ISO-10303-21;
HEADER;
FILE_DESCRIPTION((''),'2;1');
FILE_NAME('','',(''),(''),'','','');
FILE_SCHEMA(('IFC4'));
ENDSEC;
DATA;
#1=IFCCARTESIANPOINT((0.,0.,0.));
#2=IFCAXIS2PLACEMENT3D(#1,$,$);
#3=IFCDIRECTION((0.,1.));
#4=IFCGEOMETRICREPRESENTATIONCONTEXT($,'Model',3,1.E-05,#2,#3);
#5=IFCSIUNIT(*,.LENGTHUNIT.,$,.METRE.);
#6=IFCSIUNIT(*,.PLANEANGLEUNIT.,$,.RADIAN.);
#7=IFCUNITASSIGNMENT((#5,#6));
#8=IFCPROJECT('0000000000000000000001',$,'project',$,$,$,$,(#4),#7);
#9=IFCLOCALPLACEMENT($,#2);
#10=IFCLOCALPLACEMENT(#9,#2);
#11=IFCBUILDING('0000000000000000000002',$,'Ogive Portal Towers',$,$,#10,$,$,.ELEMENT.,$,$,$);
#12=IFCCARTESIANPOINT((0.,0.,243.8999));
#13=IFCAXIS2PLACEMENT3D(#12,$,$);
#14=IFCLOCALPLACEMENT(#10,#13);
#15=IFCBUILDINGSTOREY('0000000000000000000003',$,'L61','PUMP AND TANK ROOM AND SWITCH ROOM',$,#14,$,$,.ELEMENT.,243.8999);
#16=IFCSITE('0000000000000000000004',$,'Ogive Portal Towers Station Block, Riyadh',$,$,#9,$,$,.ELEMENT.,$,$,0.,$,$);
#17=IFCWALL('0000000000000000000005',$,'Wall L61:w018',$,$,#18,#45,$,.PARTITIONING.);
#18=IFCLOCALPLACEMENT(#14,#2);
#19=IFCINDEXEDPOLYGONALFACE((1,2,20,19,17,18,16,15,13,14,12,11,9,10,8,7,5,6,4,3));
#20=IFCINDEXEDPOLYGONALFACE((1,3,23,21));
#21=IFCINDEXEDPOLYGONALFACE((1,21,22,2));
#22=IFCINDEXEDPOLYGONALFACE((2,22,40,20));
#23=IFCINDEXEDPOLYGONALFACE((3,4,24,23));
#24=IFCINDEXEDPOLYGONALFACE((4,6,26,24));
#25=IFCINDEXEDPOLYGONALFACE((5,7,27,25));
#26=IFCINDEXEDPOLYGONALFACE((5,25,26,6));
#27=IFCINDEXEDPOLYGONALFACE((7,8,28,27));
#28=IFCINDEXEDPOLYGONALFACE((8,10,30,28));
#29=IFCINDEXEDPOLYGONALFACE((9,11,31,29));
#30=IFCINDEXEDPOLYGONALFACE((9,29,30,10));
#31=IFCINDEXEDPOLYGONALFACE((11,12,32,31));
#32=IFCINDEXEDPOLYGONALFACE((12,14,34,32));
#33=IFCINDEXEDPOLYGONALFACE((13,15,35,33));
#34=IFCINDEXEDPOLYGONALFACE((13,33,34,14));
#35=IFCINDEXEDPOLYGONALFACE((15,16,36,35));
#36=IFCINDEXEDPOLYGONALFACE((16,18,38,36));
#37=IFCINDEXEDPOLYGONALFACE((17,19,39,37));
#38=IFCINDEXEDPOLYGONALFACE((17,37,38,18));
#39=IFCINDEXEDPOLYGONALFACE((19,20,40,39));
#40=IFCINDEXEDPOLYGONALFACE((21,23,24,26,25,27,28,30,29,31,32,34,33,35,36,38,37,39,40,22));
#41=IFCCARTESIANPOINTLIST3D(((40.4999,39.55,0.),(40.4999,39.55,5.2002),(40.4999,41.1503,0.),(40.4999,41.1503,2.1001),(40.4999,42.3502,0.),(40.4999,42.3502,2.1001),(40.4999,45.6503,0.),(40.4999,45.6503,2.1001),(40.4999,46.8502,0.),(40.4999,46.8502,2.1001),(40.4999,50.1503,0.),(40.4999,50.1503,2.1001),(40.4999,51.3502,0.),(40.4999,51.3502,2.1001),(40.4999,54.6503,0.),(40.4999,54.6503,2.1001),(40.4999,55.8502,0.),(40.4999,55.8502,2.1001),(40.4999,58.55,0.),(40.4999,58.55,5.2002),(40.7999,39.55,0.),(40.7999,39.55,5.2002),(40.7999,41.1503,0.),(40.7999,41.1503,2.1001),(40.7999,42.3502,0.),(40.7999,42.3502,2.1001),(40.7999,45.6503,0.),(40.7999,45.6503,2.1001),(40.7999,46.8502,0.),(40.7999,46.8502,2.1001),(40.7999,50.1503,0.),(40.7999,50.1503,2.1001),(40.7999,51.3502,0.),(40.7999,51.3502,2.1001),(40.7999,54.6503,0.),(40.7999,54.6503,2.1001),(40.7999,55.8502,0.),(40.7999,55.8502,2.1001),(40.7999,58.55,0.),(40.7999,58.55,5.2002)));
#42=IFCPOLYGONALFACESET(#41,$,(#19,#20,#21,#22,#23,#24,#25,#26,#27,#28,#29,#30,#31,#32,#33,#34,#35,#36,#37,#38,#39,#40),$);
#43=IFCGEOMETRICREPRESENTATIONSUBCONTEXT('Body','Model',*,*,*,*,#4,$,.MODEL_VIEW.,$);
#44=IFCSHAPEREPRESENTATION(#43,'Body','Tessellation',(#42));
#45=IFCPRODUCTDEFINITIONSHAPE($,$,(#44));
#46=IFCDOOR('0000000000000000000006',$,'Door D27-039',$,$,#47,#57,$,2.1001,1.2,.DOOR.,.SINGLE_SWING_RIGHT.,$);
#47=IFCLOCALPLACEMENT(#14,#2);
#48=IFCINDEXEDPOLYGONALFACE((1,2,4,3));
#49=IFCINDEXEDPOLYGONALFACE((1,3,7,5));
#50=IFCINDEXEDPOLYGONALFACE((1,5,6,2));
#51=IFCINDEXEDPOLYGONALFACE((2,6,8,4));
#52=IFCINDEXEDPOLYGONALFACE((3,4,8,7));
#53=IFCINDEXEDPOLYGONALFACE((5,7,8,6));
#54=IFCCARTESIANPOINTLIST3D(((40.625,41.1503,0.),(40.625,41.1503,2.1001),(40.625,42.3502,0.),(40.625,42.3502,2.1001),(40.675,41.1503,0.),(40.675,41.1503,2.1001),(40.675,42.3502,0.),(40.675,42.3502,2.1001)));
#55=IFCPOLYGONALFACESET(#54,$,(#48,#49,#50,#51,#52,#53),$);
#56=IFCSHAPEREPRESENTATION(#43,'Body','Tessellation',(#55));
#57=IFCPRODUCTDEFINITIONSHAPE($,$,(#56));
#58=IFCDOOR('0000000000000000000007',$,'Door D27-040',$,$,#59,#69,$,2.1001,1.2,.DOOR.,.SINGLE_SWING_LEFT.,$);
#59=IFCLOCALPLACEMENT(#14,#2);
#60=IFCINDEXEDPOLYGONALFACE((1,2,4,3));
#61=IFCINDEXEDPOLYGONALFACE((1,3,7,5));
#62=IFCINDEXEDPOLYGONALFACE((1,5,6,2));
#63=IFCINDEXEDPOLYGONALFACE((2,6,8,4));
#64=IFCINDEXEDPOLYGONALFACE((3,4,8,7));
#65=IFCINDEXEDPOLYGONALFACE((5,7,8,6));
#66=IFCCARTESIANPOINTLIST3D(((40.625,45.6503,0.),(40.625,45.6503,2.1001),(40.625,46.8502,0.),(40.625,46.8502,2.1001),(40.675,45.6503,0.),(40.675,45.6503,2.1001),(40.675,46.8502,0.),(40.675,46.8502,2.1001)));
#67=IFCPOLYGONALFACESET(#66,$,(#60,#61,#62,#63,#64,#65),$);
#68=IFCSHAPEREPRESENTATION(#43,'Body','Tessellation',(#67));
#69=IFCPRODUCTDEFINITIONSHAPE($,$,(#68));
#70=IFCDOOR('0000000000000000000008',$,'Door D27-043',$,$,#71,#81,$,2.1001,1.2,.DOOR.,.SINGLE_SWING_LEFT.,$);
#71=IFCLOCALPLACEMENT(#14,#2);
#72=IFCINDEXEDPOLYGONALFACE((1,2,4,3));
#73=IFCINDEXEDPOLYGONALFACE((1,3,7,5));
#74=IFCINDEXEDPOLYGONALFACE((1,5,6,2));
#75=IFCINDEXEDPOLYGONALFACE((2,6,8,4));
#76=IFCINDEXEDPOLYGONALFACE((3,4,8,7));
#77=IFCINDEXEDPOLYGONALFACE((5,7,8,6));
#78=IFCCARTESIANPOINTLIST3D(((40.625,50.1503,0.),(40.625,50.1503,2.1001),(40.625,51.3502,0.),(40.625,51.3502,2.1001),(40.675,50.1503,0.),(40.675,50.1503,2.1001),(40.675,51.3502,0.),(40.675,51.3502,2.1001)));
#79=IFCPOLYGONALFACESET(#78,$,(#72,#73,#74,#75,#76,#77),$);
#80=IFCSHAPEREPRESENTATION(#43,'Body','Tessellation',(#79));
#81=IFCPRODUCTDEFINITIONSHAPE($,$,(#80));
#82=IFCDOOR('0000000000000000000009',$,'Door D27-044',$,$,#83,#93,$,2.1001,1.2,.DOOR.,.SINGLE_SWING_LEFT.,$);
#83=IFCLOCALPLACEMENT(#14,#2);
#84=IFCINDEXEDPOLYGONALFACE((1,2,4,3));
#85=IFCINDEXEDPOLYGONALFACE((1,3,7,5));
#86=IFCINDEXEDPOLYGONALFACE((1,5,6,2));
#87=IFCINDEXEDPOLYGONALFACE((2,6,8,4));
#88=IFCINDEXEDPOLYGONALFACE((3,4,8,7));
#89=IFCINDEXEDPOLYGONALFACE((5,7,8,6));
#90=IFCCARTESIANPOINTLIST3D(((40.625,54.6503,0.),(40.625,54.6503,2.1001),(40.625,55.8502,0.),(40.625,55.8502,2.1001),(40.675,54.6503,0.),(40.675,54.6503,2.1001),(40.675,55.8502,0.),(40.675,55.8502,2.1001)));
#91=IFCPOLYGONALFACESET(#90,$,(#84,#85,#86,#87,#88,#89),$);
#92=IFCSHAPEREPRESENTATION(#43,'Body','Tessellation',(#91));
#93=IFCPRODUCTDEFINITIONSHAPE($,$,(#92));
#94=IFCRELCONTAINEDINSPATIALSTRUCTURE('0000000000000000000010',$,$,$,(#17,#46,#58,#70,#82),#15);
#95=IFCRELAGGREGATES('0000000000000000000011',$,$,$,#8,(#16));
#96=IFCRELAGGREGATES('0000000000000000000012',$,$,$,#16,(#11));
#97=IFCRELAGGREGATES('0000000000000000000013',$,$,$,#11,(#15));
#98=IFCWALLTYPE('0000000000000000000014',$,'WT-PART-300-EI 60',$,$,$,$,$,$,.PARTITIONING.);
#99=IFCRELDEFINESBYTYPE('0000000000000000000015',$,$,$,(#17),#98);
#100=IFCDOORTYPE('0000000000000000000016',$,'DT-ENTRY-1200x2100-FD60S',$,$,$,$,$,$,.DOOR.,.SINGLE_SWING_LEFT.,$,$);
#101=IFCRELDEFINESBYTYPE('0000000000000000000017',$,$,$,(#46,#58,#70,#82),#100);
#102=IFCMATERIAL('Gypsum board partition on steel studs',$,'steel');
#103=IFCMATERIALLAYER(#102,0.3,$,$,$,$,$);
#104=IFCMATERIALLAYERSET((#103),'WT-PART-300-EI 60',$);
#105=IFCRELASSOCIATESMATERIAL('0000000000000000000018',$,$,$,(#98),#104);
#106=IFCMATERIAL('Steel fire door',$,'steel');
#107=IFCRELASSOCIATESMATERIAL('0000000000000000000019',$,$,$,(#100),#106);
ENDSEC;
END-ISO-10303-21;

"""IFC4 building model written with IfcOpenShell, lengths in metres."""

from ifc_helpers import new_model, si_unit, direction, frame, frame_2d, origin, place, context, subcontext, project, spatial, rectangle, extrude, material, layer, layer_set, type_object, element, fill, save


model = new_model("IFC4")

# Units and contexts
model_context = context("Model", 3, precision=1e-05, world=origin(), true_north=direction((0.0, 1.0)))
body_context = subcontext(model_context, "Body", "Model", "MODEL_VIEW")
ifc_project = project(units=[si_unit("LENGTHUNIT", "METRE"), si_unit("PLANEANGLEUNIT", "RADIAN")], contexts=[model_context])

# Site, building, storey
site_placement = place(None, origin())
site = spatial("IfcSite", under=ifc_project, at=site_placement, Name="Ogive Portal Towers Station Block, Riyadh", CompositionType="ELEMENT", RefElevation=0.0)
building_placement = place(site_placement, origin())
building = spatial("IfcBuilding", under=site, at=building_placement, Name="Ogive Portal Towers", CompositionType="ELEMENT")
storey_placement = place(building_placement, frame((0.0, 0.0, 243.8999)))
storey = spatial("IfcBuildingStorey", under=building, at=storey_placement, Name="L61", Description="PUMP AND TANK ROOM AND SWITCH ROOM", CompositionType="ELEMENT", Elevation=243.8999)

# Shared definitions
ifc_material_1 = material(Name="Steel fire door", Category="steel")

# Shared definitions
ifc_material_2 = material(Name="Gypsum board partition on steel studs", Category="steel")
ifc_layer_1 = layer(ifc_material_2, 0.3)
ifc_layer_set_1 = layer_set([ifc_layer_1], Name="WT-PART-300-EI 60")
wall_type_1 = type_object("IfcWallType", Name="WT-PART-300-EI 60", PredefinedType="PARTITIONING", material=ifc_layer_set_1)

# Wall, openings, doors
wall_1_placement = place(storey_placement, frame((40.6499, 39.55, 0.0), z_axis=(0.0, 0.0, 1.0), x_axis=(0.0, 1.0, 0.0)))
wall_1 = element("IfcWall", 1, at=wall_1_placement, inside=storey, type_object=wall_type_1, Name="Wall L61:w018", PredefinedType="PARTITIONING", context=body_context, shape_type="SweptSolid", body=[
    extrude(rectangle(XDim=19.0, YDim=0.3, at=frame_2d((9.5, 0.0))), origin(), (0.0, 0.0, 1.0), 5.2002),
])
opening_1_placement = place(wall_1_placement, frame((1.6001, 0.0, 0.0)))
opening_1 = element("IfcOpeningElement", 2, at=opening_1_placement, cuts=wall_1, PredefinedType="OPENING", context=body_context, shape_type="SweptSolid", body=[
    extrude(rectangle(XDim=1.2, YDim=2.1001, at=frame_2d((0.6001, 1.05))), frame((0.0, 0.1602, 0.0), z_axis=(0.0, -1.0, 0.0), x_axis=(1.0, 0.0, 0.0)), (0.0, 0.0, 1.0), 0.3201),
])
opening_2_placement = place(wall_1_placement, frame((6.1001, 0.0, 0.0)))
opening_2 = element("IfcOpeningElement", 3, at=opening_2_placement, cuts=wall_1, PredefinedType="OPENING", context=body_context, shape_type="SweptSolid", body=[
    extrude(rectangle(XDim=1.2, YDim=2.1001, at=frame_2d((0.6001, 1.05))), frame((0.0, 0.1602, 0.0), z_axis=(0.0, -1.0, 0.0), x_axis=(1.0, 0.0, 0.0)), (0.0, 0.0, 1.0), 0.3201),
])
opening_3_placement = place(wall_1_placement, frame((10.6001, 0.0, 0.0)))
opening_3 = element("IfcOpeningElement", 4, at=opening_3_placement, cuts=wall_1, PredefinedType="OPENING", context=body_context, shape_type="SweptSolid", body=[
    extrude(rectangle(XDim=1.2, YDim=2.1001, at=frame_2d((0.6001, 1.05))), frame((0.0, 0.1602, 0.0), z_axis=(0.0, -1.0, 0.0), x_axis=(1.0, 0.0, 0.0)), (0.0, 0.0, 1.0), 0.3201),
])
opening_4_placement = place(wall_1_placement, frame((15.1001, 0.0, 0.0)))
opening_4 = element("IfcOpeningElement", 5, at=opening_4_placement, cuts=wall_1, PredefinedType="OPENING", context=body_context, shape_type="SweptSolid", body=[
    extrude(rectangle(XDim=1.2, YDim=2.1001, at=frame_2d((0.6001, 1.05))), frame((0.0, 0.1602, 0.0), z_axis=(0.0, -1.0, 0.0), x_axis=(1.0, 0.0, 0.0)), (0.0, 0.0, 1.0), 0.3201),
])
door_type_1 = type_object("IfcDoorType", Name="DT-ENTRY-1200x2100-FD60S", OperationType="SINGLE_SWING_LEFT", PredefinedType="DOOR", material=ifc_material_1)
door_1_placement = place(opening_1_placement, origin())
door_1 = element("IfcDoor", 6, at=door_1_placement, inside=storey, type_object=door_type_1, Name="Door D27-039", OperationType="SINGLE_SWING_RIGHT", OverallHeight=2.1001, OverallWidth=1.2, PredefinedType="DOOR", context=body_context, shape_type="SweptSolid", body=[
    extrude(rectangle(XDim=1.2, YDim=2.1001, at=frame_2d((0.6001, 1.05))), frame((0.0, 0.0249, 0.0), z_axis=(0.0, -1.0, 0.0), x_axis=(1.0, 0.0, 0.0)), (0.0, 0.0, 1.0), 0.05),
])
fill(opening_1, door_1)
door_2_placement = place(opening_2_placement, origin())
door_2 = element("IfcDoor", 7, at=door_2_placement, inside=storey, type_object=door_type_1, Name="Door D27-040", OperationType="SINGLE_SWING_LEFT", OverallHeight=2.1001, OverallWidth=1.2, PredefinedType="DOOR", context=body_context, shape_type="SweptSolid", body=[
    extrude(rectangle(XDim=1.2, YDim=2.1001, at=frame_2d((0.6001, 1.05))), frame((0.0, 0.0249, 0.0), z_axis=(0.0, -1.0, 0.0), x_axis=(1.0, 0.0, 0.0)), (0.0, 0.0, 1.0), 0.05),
])
fill(opening_2, door_2)
door_3_placement = place(opening_3_placement, origin())
door_3 = element("IfcDoor", 8, at=door_3_placement, inside=storey, type_object=door_type_1, Name="Door D27-043", OperationType="SINGLE_SWING_LEFT", OverallHeight=2.1001, OverallWidth=1.2, PredefinedType="DOOR", context=body_context, shape_type="SweptSolid", body=[
    extrude(rectangle(XDim=1.2, YDim=2.1001, at=frame_2d((0.6001, 1.05))), frame((0.0, 0.0249, 0.0), z_axis=(0.0, -1.0, 0.0), x_axis=(1.0, 0.0, 0.0)), (0.0, 0.0, 1.0), 0.05),
])
fill(opening_3, door_3)
door_4_placement = place(opening_4_placement, origin())
door_4 = element("IfcDoor", 9, at=door_4_placement, inside=storey, type_object=door_type_1, Name="Door D27-044", OperationType="SINGLE_SWING_LEFT", OverallHeight=2.1001, OverallWidth=1.2, PredefinedType="DOOR", context=body_context, shape_type="SweptSolid", body=[
    extrude(rectangle(XDim=1.2, YDim=2.1001, at=frame_2d((0.6001, 1.05))), frame((0.0, 0.0249, 0.0), z_axis=(0.0, -1.0, 0.0), x_axis=(1.0, 0.0, 0.0)), (0.0, 0.0, 1.0), 0.05),
])
fill(opening_4, door_4)

save(model, "model.ifc")
